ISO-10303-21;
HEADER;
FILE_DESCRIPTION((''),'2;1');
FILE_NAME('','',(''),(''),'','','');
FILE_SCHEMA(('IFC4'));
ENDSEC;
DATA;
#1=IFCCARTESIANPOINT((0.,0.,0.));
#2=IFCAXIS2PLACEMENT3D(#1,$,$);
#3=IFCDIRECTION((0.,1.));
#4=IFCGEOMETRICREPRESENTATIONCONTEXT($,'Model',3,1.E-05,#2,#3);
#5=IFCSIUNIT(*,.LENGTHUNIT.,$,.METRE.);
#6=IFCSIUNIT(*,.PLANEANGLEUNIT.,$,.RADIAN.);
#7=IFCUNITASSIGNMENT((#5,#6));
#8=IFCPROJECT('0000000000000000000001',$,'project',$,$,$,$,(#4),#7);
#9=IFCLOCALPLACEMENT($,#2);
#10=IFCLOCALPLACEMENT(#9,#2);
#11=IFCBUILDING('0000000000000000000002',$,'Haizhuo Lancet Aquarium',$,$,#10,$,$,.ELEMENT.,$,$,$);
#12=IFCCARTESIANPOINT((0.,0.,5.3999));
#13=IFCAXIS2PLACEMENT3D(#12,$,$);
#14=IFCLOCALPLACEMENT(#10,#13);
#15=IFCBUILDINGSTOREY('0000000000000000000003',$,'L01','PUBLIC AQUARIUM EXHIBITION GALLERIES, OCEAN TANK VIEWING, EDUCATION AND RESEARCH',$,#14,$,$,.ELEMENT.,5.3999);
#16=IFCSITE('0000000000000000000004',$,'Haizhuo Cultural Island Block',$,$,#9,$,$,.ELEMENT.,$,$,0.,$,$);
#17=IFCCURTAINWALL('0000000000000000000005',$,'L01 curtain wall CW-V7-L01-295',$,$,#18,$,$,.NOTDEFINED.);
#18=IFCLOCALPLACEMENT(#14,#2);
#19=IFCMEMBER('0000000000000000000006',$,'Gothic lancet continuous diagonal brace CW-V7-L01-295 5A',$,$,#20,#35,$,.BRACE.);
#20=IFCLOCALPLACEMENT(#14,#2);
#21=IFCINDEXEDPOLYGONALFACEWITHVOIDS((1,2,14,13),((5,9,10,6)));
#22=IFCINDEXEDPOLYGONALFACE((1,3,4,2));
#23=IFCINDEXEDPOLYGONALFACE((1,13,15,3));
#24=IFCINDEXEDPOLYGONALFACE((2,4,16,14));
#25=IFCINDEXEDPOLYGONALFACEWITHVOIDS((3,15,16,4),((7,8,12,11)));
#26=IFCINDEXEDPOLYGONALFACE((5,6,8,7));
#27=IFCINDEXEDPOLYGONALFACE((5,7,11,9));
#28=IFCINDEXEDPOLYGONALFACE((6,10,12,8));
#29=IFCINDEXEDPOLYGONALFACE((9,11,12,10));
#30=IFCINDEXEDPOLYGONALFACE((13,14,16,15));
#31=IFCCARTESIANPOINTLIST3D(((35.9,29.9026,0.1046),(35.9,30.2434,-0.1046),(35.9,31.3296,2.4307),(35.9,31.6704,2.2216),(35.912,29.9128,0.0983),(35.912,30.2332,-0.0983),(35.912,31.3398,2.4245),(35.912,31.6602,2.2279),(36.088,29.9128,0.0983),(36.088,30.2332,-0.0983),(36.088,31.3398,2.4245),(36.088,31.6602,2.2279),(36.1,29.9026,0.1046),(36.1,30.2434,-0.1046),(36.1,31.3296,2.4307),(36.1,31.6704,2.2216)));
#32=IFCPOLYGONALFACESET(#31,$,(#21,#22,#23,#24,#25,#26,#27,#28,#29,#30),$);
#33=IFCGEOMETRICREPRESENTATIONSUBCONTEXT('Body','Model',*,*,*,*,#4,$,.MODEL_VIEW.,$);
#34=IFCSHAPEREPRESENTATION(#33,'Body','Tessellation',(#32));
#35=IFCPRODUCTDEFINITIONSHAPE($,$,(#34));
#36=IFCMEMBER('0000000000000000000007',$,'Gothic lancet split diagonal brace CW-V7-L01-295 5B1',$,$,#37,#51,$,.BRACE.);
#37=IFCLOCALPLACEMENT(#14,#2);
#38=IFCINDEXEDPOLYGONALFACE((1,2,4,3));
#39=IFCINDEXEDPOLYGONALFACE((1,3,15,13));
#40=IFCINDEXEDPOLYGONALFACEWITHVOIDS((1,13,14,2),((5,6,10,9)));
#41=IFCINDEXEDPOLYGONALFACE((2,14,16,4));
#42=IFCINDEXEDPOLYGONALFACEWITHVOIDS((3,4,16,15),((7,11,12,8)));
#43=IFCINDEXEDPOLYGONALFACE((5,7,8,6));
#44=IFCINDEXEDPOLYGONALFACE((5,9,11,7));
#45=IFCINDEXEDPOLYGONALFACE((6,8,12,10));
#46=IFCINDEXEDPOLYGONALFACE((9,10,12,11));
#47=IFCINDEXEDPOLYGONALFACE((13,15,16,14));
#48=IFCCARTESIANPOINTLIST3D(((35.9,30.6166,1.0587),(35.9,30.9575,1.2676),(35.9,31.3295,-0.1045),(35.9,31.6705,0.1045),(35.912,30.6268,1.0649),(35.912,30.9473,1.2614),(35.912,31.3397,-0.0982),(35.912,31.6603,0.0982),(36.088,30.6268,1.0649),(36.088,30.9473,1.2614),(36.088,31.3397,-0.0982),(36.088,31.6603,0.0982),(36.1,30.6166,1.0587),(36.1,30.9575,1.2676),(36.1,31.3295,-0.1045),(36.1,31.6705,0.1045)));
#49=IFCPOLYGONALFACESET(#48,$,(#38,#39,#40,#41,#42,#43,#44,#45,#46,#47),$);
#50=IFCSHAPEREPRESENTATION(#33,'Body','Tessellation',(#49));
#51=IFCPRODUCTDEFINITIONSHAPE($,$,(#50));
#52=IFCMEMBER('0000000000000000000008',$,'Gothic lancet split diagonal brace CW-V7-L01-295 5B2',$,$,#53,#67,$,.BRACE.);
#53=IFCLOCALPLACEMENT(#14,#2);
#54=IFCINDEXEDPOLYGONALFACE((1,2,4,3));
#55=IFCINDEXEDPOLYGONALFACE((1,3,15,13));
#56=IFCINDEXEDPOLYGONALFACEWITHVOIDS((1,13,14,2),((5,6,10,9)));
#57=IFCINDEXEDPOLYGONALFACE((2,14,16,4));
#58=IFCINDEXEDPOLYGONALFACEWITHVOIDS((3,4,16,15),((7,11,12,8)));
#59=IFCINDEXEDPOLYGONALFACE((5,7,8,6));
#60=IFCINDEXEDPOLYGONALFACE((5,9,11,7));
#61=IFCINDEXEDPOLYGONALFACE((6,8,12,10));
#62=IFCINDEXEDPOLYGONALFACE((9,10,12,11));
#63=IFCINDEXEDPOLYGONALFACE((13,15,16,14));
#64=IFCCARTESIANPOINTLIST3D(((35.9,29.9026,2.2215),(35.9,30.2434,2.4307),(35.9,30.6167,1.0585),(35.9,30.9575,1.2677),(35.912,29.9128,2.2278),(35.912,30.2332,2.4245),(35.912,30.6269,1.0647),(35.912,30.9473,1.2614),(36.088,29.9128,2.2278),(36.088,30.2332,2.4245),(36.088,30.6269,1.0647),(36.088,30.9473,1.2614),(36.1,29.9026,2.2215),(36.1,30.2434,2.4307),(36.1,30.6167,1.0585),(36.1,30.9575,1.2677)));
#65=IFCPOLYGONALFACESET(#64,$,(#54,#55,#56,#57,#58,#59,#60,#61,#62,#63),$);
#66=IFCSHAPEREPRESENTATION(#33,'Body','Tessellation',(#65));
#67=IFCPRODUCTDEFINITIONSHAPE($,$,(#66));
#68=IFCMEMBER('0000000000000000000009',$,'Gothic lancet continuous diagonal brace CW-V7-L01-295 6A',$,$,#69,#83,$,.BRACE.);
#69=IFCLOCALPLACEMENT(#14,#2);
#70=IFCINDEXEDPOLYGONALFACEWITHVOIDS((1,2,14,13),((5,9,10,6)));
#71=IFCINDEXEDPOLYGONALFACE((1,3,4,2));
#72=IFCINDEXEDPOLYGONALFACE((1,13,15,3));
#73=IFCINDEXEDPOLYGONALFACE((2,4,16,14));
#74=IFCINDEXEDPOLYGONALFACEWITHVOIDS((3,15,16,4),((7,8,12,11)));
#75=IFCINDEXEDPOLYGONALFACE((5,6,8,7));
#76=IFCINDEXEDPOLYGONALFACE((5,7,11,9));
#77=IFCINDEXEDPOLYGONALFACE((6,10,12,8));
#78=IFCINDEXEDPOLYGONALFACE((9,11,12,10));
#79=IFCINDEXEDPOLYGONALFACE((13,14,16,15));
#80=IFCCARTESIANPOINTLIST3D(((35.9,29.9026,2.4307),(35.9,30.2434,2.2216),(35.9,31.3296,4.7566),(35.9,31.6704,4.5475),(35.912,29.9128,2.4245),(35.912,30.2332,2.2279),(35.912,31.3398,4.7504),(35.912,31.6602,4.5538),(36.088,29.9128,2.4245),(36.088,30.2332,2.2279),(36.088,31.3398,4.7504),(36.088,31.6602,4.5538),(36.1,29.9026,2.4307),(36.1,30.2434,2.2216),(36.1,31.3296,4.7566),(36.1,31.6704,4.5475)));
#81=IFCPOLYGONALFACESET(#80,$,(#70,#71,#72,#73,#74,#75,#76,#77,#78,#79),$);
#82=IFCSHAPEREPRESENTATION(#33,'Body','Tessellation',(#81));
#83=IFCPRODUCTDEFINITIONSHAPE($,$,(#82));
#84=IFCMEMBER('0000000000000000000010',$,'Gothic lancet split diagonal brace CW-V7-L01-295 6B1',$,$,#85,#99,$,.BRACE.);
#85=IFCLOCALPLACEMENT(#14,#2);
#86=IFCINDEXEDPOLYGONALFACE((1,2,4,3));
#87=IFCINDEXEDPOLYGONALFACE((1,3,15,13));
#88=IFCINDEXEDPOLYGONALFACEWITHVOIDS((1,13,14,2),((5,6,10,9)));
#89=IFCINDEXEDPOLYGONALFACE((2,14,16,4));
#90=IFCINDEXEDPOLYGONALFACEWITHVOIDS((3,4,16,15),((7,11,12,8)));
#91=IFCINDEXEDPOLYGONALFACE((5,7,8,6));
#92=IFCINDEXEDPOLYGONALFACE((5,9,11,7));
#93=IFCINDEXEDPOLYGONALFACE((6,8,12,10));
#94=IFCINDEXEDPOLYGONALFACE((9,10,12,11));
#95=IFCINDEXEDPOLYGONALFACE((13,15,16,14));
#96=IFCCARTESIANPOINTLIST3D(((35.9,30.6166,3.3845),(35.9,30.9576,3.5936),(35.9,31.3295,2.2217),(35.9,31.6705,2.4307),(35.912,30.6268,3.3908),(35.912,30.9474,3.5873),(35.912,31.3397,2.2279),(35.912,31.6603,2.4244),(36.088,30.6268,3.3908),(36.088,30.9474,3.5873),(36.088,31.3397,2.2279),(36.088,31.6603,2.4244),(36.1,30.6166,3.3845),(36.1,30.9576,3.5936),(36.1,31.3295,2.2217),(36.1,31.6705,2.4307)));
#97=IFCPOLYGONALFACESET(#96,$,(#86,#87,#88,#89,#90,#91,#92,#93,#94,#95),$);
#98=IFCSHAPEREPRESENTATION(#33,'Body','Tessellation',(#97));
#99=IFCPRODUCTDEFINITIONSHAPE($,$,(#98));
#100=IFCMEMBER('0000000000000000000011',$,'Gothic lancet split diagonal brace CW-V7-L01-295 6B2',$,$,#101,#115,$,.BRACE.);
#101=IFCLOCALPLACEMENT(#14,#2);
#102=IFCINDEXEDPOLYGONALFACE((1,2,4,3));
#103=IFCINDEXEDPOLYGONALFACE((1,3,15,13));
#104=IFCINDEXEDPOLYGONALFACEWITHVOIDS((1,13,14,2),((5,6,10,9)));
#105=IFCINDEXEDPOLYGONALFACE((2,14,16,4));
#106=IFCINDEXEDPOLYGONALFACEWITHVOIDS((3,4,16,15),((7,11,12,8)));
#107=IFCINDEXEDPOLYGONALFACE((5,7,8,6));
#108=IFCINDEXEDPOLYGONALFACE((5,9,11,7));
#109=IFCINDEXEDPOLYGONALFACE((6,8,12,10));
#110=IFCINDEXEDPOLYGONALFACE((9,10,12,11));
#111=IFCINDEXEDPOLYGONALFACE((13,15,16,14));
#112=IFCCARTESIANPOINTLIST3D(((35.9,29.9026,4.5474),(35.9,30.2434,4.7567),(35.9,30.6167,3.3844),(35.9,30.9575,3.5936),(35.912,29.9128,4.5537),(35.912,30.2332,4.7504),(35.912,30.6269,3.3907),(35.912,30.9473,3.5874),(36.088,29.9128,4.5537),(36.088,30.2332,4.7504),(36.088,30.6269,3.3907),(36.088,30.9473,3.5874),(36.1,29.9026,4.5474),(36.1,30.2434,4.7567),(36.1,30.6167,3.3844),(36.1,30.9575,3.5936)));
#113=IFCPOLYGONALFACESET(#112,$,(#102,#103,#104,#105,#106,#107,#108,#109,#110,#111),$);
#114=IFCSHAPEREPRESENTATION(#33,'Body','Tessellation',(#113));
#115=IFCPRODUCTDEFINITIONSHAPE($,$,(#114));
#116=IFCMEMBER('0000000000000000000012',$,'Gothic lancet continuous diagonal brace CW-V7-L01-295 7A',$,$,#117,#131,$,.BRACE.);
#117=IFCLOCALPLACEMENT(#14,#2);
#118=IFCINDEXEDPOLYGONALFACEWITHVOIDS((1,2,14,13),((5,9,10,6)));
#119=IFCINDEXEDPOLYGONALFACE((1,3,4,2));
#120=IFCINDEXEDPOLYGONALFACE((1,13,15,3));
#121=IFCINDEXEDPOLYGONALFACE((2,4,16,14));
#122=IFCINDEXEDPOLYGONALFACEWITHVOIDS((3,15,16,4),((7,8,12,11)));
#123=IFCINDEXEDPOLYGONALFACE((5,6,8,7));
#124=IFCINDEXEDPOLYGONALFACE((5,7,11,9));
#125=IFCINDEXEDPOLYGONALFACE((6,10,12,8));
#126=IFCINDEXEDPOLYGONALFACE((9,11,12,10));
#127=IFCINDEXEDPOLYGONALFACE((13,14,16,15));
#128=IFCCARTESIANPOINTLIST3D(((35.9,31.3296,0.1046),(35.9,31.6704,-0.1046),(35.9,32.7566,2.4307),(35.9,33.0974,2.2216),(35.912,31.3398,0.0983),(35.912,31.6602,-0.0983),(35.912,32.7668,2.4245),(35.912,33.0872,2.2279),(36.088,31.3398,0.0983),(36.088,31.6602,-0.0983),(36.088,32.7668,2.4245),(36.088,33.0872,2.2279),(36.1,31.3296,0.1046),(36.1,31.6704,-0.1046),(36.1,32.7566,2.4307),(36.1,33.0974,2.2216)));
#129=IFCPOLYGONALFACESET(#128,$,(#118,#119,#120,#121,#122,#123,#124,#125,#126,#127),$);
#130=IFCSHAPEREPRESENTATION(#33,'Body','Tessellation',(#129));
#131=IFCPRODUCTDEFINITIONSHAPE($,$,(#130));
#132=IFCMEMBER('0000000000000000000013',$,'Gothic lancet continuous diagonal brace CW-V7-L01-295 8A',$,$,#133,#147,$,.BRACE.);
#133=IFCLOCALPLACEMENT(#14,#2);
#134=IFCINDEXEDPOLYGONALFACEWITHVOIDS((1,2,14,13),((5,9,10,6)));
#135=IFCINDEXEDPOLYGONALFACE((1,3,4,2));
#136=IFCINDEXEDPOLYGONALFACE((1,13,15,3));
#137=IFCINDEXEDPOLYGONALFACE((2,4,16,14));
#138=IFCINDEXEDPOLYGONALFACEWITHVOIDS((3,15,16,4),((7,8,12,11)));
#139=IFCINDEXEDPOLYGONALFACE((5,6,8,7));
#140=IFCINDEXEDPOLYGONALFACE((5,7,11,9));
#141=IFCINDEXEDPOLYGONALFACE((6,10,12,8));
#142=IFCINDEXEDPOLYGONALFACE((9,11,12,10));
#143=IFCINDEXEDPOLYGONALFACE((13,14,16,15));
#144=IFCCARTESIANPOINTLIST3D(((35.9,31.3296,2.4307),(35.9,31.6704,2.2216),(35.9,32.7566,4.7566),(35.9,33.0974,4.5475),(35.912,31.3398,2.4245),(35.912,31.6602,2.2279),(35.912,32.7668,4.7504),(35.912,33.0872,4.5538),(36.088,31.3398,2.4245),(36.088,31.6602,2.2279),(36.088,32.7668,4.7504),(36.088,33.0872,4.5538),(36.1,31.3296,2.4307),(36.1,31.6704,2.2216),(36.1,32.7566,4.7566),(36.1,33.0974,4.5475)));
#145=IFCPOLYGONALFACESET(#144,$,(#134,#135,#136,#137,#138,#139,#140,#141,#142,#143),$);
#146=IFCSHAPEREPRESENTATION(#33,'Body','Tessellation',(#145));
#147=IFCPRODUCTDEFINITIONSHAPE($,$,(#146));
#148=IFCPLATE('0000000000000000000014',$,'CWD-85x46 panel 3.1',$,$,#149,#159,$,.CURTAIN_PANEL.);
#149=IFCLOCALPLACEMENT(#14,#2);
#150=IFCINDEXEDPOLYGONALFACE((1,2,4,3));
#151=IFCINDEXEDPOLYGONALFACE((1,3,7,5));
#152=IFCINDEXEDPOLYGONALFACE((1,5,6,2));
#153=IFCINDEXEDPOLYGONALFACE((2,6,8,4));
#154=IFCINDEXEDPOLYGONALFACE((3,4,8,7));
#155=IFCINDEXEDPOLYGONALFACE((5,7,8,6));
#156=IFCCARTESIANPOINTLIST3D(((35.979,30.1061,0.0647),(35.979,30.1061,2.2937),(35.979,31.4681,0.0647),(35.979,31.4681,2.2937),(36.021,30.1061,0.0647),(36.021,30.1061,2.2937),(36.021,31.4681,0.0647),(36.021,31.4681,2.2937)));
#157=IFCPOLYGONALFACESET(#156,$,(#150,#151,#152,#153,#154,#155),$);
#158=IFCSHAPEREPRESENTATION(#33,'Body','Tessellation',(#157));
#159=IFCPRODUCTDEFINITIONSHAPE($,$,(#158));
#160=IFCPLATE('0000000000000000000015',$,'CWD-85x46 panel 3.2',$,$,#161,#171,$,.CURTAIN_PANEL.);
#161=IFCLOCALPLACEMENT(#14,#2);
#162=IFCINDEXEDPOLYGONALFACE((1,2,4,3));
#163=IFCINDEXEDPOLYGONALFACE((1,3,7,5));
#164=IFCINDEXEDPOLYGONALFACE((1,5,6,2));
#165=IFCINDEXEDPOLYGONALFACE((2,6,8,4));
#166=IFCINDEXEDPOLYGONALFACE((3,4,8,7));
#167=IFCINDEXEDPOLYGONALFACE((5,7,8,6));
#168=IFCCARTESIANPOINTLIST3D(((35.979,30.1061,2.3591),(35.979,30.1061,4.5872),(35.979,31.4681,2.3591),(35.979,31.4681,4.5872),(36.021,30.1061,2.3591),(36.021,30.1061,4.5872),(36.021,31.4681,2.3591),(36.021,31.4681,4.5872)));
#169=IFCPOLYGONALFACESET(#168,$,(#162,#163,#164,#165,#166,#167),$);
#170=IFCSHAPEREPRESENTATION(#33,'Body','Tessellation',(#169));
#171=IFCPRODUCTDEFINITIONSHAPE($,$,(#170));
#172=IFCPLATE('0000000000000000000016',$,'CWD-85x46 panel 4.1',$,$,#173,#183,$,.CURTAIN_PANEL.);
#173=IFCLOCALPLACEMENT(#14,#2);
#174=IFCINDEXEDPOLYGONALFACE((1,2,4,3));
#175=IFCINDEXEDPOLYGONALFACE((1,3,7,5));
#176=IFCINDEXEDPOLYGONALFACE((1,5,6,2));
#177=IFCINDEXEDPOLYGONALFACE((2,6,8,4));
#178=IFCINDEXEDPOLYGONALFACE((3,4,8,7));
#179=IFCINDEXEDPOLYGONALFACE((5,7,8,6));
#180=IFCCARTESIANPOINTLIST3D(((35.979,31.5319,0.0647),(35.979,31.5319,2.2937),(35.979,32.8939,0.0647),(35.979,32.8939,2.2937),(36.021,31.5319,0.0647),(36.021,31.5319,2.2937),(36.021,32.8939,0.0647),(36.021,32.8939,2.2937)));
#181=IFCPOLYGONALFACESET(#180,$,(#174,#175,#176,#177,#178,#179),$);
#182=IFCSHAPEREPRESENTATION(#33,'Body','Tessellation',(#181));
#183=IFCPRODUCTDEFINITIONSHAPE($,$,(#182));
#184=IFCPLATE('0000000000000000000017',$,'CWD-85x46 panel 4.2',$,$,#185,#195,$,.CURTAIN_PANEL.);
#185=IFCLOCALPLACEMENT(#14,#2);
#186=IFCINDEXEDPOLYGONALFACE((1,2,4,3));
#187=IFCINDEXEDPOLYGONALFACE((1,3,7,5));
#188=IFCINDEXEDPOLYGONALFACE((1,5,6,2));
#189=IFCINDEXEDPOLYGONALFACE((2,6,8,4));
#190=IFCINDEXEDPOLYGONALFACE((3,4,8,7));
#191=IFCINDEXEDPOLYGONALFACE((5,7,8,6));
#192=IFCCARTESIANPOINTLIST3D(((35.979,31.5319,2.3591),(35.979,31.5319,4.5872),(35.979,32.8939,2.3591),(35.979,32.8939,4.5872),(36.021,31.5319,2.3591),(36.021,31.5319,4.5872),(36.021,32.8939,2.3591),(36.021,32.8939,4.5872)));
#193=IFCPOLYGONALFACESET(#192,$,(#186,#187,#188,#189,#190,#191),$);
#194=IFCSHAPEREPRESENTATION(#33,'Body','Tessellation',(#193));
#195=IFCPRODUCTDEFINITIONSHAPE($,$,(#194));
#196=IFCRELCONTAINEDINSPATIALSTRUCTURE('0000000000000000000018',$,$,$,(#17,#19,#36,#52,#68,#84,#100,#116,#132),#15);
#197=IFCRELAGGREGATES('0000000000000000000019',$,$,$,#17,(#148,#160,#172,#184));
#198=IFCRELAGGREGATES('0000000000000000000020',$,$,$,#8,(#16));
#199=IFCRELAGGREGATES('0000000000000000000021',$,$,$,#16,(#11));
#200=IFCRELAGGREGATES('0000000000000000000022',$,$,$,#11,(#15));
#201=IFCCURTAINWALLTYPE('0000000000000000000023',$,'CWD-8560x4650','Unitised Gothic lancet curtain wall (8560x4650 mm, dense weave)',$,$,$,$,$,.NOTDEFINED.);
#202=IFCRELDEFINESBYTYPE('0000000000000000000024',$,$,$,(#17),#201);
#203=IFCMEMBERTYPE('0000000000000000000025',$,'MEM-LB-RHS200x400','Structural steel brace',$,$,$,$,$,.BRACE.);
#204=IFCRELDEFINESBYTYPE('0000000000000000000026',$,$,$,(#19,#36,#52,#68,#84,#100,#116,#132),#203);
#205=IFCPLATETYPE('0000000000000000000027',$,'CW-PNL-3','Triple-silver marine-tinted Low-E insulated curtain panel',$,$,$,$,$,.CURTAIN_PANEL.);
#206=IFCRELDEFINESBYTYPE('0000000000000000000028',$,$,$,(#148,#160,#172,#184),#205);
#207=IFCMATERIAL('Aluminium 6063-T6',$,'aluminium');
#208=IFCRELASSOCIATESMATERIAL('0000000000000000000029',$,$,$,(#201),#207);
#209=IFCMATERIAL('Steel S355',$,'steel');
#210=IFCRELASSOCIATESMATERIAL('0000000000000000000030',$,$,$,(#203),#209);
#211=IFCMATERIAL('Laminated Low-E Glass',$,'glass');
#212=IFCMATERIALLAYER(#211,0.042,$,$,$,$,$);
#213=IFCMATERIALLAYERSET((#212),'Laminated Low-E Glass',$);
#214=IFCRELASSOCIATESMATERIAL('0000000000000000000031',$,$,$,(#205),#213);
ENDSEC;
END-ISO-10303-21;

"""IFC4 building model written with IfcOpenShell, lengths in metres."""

from ifc_helpers import new_model, si_unit, direction, frame, origin, origin_2d, place, context, subcontext, project, spatial, rectangle, hollow_rectangle, extrude, material, layer, layer_set, material_profile, profile_set, type_object, element, aggregate, save


model = new_model("IFC4")

# Units and contexts
model_context = context("Model", 3, precision=1e-05, world=origin(), true_north=direction((0.0, 1.0)))
body_context = subcontext(model_context, "Body", "Model", "MODEL_VIEW")
ifc_project = project(units=[si_unit("LENGTHUNIT", "METRE"), si_unit("PLANEANGLEUNIT", "RADIAN")], contexts=[model_context])

# Site, building, storey
site_placement = place(None, origin())
site = spatial("IfcSite", under=ifc_project, at=site_placement, Name="Haizhuo Cultural Island Block", CompositionType="ELEMENT", RefElevation=0.0)
building_placement = place(site_placement, origin())
building = spatial("IfcBuilding", under=site, at=building_placement, Name="Haizhuo Lancet Aquarium", CompositionType="ELEMENT")
storey_placement = place(building_placement, frame((0.0, 0.0, 5.3999)))
storey = spatial("IfcBuildingStorey", under=building, at=storey_placement, Name="L01", Description="PUBLIC AQUARIUM EXHIBITION GALLERIES, OCEAN TANK VIEWING, EDUCATION AND RESEARCH", CompositionType="ELEMENT", Elevation=5.3999)

# Curtain wall
ifc_material_1 = material(Name="Aluminium 6063-T6", Category="aluminium")
curtain_wall_type = type_object("IfcCurtainWallType", Name="CWD-8560x4650", Description="Unitised Gothic lancet curtain wall (8560x4650 mm, dense weave)", PredefinedType="NOTDEFINED", material=ifc_material_1)
curtain_wall_placement = place(storey_placement, origin())
curtain_wall = element("IfcCurtainWall", 1, at=curtain_wall_placement, inside=storey, type_object=curtain_wall_type, Name="L01 curtain wall CW-V7-L01-295", PredefinedType="NOTDEFINED")

# Members
ifc_material_2 = material(Name="Steel S355", Category="steel")
ifc_material_profile_1 = material_profile(ifc_material_2, hollow_rectangle(XDim=0.2, YDim=0.3999, WallThickness=0.012, at=origin_2d()), Name="RHS 200x400x12")
ifc_profile_set_1 = profile_set([ifc_material_profile_1], Name="Steel S355")
member_type_1 = type_object("IfcMemberType", Name="MEM-LB-RHS200x400", Description="Structural steel brace", PredefinedType="BRACE", material=ifc_profile_set_1)
member_1_placement = place(storey_placement, frame((36.0, 30.073, 0.0), z_axis=(0.0, 0.522904, 0.852392), x_axis=(-1.0, 0.0, 0.0)))
element("IfcMember", 2, at=member_1_placement, inside=storey, type_object=member_type_1, Name="Gothic lancet continuous diagonal brace CW-V7-L01-295 5A", PredefinedType="BRACE", context=body_context, shape_type="SweptSolid", body=[
    extrude(hollow_rectangle(XDim=0.2, YDim=0.3999, WallThickness=0.012, at=origin_2d()), origin(), (0.0, 0.0, 1.0), 2.729),
])
member_2_placement = place(storey_placement, frame((36.0, 31.5, 0.0), z_axis=(0.0, -0.522579, 0.852591), x_axis=(1.0, 0.0, 0.0)))
element("IfcMember", 3, at=member_2_placement, inside=storey, type_object=member_type_1, Name="Gothic lancet split diagonal brace CW-V7-L01-295 5B1", PredefinedType="BRACE", context=body_context, shape_type="SweptSolid", body=[
    extrude(hollow_rectangle(XDim=0.2, YDim=0.3999, WallThickness=0.012, at=origin_2d()), origin(), (0.0, 0.0, 1.0), 1.3643),
])
member_3_placement = place(storey_placement, frame((36.0, 30.7871, 1.1631), z_axis=(0.0, -0.523229, 0.852192), x_axis=(1.0, 0.0, 0.0)))
element("IfcMember", 4, at=member_3_placement, inside=storey, type_object=member_type_1, Name="Gothic lancet split diagonal brace CW-V7-L01-295 5B2", PredefinedType="BRACE", context=body_context, shape_type="SweptSolid", body=[
    extrude(hollow_rectangle(XDim=0.2, YDim=0.3999, WallThickness=0.012, at=origin_2d()), origin(), (0.0, 0.0, 1.0), 1.3647),
])
member_4_placement = place(storey_placement, frame((36.0, 30.073, 2.3262), z_axis=(0.0, 0.522944, 0.852367), x_axis=(-1.0, 0.0, 0.0)))
element("IfcMember", 5, at=member_4_placement, inside=storey, type_object=member_type_1, Name="Gothic lancet continuous diagonal brace CW-V7-L01-295 6A", PredefinedType="BRACE", context=body_context, shape_type="SweptSolid", body=[
    extrude(hollow_rectangle(XDim=0.2, YDim=0.3999, WallThickness=0.012, at=origin_2d()), origin(), (0.0, 0.0, 1.0), 2.7288),
])
member_5_placement = place(storey_placement, frame((36.0, 31.5, 2.3262), z_axis=(0.0, -0.522659, 0.852542), x_axis=(1.0, 0.0, 0.0)))
element("IfcMember", 6, at=member_5_placement, inside=storey, type_object=member_type_1, Name="Gothic lancet split diagonal brace CW-V7-L01-295 6B1", PredefinedType="BRACE", context=body_context, shape_type="SweptSolid", body=[
    extrude(hollow_rectangle(XDim=0.2, YDim=0.3999, WallThickness=0.012, at=origin_2d()), origin(), (0.0, 0.0, 1.0), 1.364),
])
member_6_placement = place(storey_placement, frame((36.0, 30.7871, 3.489), z_axis=(0.0, -0.523229, 0.852192), x_axis=(1.0, 0.0, 0.0)))
element("IfcMember", 7, at=member_6_placement, inside=storey, type_object=member_type_1, Name="Gothic lancet split diagonal brace CW-V7-L01-295 6B2", PredefinedType="BRACE", context=body_context, shape_type="SweptSolid", body=[
    extrude(hollow_rectangle(XDim=0.2, YDim=0.3999, WallThickness=0.012, at=origin_2d()), origin(), (0.0, 0.0, 1.0), 1.3647),
])
member_7_placement = place(storey_placement, frame((36.0, 31.5, 0.0), z_axis=(0.0, 0.522904, 0.852392), x_axis=(-1.0, 0.0, 0.0)))
element("IfcMember", 8, at=member_7_placement, inside=storey, type_object=member_type_1, Name="Gothic lancet continuous diagonal brace CW-V7-L01-295 7A", PredefinedType="BRACE", context=body_context, shape_type="SweptSolid", body=[
    extrude(hollow_rectangle(XDim=0.2, YDim=0.3999, WallThickness=0.012, at=origin_2d()), origin(), (0.0, 0.0, 1.0), 2.729),
])
member_8_placement = place(storey_placement, frame((36.0, 31.5, 2.3262), z_axis=(0.0, 0.522944, 0.852367), x_axis=(-1.0, 0.0, 0.0)))
element("IfcMember", 9, at=member_8_placement, inside=storey, type_object=member_type_1, Name="Gothic lancet continuous diagonal brace CW-V7-L01-295 8A", PredefinedType="BRACE", context=body_context, shape_type="SweptSolid", body=[
    extrude(hollow_rectangle(XDim=0.2, YDim=0.3999, WallThickness=0.012, at=origin_2d()), origin(), (0.0, 0.0, 1.0), 2.7288),
])

# Plates
ifc_material_3 = material(Name="Laminated Low-E Glass", Category="glass")
ifc_layer = layer(ifc_material_3, 0.042)
ifc_layer_set = layer_set([ifc_layer], Name="Laminated Low-E Glass")
plate_type = type_object("IfcPlateType", Name="CW-PNL-3", Description="Triple-silver marine-tinted Low-E insulated curtain panel", PredefinedType="CURTAIN_PANEL", material=ifc_layer_set)
plate_1_placement = place(storey_placement, frame((36.0, 30.7871, 0.0647), z_axis=(0.0, 0.0, 1.0), x_axis=(0.0, 1.0, 0.0)))
plate_1 = element("IfcPlate", 10, at=plate_1_placement, type_object=plate_type, Name="CWD-85x46 panel 3.1", PredefinedType="CURTAIN_PANEL", context=body_context, shape_type="SweptSolid", body=[
    extrude(rectangle(XDim=1.3621, YDim=0.042, at=origin_2d()), origin(), (0.0, 0.0, 1.0), 2.229),
])
plate_2_placement = place(storey_placement, frame((36.0, 30.7871, 2.3591), z_axis=(0.0, 0.0, 1.0), x_axis=(0.0, 1.0, 0.0)))
plate_2 = element("IfcPlate", 11, at=plate_2_placement, type_object=plate_type, Name="CWD-85x46 panel 3.2", PredefinedType="CURTAIN_PANEL", context=body_context, shape_type="SweptSolid", body=[
    extrude(rectangle(XDim=1.3621, YDim=0.042, at=origin_2d()), origin(), (0.0, 0.0, 1.0), 2.228),
])
plate_3_placement = place(storey_placement, frame((36.0, 32.2129, 0.0647), z_axis=(0.0, 0.0, 1.0), x_axis=(0.0, 1.0, 0.0)))
plate_3 = element("IfcPlate", 12, at=plate_3_placement, type_object=plate_type, Name="CWD-85x46 panel 4.1", PredefinedType="CURTAIN_PANEL", context=body_context, shape_type="SweptSolid", body=[
    extrude(rectangle(XDim=1.3621, YDim=0.042, at=origin_2d()), origin(), (0.0, 0.0, 1.0), 2.229),
])
plate_4_placement = place(storey_placement, frame((36.0, 32.2129, 2.3591), z_axis=(0.0, 0.0, 1.0), x_axis=(0.0, 1.0, 0.0)))
plate_4 = element("IfcPlate", 13, at=plate_4_placement, type_object=plate_type, Name="CWD-85x46 panel 4.2", PredefinedType="CURTAIN_PANEL", context=body_context, shape_type="SweptSolid", body=[
    extrude(rectangle(XDim=1.3621, YDim=0.042, at=origin_2d()), origin(), (0.0, 0.0, 1.0), 2.228),
])
aggregate(curtain_wall, [plate_1, plate_2, plate_3, plate_4])

save(model, "model.ifc")
